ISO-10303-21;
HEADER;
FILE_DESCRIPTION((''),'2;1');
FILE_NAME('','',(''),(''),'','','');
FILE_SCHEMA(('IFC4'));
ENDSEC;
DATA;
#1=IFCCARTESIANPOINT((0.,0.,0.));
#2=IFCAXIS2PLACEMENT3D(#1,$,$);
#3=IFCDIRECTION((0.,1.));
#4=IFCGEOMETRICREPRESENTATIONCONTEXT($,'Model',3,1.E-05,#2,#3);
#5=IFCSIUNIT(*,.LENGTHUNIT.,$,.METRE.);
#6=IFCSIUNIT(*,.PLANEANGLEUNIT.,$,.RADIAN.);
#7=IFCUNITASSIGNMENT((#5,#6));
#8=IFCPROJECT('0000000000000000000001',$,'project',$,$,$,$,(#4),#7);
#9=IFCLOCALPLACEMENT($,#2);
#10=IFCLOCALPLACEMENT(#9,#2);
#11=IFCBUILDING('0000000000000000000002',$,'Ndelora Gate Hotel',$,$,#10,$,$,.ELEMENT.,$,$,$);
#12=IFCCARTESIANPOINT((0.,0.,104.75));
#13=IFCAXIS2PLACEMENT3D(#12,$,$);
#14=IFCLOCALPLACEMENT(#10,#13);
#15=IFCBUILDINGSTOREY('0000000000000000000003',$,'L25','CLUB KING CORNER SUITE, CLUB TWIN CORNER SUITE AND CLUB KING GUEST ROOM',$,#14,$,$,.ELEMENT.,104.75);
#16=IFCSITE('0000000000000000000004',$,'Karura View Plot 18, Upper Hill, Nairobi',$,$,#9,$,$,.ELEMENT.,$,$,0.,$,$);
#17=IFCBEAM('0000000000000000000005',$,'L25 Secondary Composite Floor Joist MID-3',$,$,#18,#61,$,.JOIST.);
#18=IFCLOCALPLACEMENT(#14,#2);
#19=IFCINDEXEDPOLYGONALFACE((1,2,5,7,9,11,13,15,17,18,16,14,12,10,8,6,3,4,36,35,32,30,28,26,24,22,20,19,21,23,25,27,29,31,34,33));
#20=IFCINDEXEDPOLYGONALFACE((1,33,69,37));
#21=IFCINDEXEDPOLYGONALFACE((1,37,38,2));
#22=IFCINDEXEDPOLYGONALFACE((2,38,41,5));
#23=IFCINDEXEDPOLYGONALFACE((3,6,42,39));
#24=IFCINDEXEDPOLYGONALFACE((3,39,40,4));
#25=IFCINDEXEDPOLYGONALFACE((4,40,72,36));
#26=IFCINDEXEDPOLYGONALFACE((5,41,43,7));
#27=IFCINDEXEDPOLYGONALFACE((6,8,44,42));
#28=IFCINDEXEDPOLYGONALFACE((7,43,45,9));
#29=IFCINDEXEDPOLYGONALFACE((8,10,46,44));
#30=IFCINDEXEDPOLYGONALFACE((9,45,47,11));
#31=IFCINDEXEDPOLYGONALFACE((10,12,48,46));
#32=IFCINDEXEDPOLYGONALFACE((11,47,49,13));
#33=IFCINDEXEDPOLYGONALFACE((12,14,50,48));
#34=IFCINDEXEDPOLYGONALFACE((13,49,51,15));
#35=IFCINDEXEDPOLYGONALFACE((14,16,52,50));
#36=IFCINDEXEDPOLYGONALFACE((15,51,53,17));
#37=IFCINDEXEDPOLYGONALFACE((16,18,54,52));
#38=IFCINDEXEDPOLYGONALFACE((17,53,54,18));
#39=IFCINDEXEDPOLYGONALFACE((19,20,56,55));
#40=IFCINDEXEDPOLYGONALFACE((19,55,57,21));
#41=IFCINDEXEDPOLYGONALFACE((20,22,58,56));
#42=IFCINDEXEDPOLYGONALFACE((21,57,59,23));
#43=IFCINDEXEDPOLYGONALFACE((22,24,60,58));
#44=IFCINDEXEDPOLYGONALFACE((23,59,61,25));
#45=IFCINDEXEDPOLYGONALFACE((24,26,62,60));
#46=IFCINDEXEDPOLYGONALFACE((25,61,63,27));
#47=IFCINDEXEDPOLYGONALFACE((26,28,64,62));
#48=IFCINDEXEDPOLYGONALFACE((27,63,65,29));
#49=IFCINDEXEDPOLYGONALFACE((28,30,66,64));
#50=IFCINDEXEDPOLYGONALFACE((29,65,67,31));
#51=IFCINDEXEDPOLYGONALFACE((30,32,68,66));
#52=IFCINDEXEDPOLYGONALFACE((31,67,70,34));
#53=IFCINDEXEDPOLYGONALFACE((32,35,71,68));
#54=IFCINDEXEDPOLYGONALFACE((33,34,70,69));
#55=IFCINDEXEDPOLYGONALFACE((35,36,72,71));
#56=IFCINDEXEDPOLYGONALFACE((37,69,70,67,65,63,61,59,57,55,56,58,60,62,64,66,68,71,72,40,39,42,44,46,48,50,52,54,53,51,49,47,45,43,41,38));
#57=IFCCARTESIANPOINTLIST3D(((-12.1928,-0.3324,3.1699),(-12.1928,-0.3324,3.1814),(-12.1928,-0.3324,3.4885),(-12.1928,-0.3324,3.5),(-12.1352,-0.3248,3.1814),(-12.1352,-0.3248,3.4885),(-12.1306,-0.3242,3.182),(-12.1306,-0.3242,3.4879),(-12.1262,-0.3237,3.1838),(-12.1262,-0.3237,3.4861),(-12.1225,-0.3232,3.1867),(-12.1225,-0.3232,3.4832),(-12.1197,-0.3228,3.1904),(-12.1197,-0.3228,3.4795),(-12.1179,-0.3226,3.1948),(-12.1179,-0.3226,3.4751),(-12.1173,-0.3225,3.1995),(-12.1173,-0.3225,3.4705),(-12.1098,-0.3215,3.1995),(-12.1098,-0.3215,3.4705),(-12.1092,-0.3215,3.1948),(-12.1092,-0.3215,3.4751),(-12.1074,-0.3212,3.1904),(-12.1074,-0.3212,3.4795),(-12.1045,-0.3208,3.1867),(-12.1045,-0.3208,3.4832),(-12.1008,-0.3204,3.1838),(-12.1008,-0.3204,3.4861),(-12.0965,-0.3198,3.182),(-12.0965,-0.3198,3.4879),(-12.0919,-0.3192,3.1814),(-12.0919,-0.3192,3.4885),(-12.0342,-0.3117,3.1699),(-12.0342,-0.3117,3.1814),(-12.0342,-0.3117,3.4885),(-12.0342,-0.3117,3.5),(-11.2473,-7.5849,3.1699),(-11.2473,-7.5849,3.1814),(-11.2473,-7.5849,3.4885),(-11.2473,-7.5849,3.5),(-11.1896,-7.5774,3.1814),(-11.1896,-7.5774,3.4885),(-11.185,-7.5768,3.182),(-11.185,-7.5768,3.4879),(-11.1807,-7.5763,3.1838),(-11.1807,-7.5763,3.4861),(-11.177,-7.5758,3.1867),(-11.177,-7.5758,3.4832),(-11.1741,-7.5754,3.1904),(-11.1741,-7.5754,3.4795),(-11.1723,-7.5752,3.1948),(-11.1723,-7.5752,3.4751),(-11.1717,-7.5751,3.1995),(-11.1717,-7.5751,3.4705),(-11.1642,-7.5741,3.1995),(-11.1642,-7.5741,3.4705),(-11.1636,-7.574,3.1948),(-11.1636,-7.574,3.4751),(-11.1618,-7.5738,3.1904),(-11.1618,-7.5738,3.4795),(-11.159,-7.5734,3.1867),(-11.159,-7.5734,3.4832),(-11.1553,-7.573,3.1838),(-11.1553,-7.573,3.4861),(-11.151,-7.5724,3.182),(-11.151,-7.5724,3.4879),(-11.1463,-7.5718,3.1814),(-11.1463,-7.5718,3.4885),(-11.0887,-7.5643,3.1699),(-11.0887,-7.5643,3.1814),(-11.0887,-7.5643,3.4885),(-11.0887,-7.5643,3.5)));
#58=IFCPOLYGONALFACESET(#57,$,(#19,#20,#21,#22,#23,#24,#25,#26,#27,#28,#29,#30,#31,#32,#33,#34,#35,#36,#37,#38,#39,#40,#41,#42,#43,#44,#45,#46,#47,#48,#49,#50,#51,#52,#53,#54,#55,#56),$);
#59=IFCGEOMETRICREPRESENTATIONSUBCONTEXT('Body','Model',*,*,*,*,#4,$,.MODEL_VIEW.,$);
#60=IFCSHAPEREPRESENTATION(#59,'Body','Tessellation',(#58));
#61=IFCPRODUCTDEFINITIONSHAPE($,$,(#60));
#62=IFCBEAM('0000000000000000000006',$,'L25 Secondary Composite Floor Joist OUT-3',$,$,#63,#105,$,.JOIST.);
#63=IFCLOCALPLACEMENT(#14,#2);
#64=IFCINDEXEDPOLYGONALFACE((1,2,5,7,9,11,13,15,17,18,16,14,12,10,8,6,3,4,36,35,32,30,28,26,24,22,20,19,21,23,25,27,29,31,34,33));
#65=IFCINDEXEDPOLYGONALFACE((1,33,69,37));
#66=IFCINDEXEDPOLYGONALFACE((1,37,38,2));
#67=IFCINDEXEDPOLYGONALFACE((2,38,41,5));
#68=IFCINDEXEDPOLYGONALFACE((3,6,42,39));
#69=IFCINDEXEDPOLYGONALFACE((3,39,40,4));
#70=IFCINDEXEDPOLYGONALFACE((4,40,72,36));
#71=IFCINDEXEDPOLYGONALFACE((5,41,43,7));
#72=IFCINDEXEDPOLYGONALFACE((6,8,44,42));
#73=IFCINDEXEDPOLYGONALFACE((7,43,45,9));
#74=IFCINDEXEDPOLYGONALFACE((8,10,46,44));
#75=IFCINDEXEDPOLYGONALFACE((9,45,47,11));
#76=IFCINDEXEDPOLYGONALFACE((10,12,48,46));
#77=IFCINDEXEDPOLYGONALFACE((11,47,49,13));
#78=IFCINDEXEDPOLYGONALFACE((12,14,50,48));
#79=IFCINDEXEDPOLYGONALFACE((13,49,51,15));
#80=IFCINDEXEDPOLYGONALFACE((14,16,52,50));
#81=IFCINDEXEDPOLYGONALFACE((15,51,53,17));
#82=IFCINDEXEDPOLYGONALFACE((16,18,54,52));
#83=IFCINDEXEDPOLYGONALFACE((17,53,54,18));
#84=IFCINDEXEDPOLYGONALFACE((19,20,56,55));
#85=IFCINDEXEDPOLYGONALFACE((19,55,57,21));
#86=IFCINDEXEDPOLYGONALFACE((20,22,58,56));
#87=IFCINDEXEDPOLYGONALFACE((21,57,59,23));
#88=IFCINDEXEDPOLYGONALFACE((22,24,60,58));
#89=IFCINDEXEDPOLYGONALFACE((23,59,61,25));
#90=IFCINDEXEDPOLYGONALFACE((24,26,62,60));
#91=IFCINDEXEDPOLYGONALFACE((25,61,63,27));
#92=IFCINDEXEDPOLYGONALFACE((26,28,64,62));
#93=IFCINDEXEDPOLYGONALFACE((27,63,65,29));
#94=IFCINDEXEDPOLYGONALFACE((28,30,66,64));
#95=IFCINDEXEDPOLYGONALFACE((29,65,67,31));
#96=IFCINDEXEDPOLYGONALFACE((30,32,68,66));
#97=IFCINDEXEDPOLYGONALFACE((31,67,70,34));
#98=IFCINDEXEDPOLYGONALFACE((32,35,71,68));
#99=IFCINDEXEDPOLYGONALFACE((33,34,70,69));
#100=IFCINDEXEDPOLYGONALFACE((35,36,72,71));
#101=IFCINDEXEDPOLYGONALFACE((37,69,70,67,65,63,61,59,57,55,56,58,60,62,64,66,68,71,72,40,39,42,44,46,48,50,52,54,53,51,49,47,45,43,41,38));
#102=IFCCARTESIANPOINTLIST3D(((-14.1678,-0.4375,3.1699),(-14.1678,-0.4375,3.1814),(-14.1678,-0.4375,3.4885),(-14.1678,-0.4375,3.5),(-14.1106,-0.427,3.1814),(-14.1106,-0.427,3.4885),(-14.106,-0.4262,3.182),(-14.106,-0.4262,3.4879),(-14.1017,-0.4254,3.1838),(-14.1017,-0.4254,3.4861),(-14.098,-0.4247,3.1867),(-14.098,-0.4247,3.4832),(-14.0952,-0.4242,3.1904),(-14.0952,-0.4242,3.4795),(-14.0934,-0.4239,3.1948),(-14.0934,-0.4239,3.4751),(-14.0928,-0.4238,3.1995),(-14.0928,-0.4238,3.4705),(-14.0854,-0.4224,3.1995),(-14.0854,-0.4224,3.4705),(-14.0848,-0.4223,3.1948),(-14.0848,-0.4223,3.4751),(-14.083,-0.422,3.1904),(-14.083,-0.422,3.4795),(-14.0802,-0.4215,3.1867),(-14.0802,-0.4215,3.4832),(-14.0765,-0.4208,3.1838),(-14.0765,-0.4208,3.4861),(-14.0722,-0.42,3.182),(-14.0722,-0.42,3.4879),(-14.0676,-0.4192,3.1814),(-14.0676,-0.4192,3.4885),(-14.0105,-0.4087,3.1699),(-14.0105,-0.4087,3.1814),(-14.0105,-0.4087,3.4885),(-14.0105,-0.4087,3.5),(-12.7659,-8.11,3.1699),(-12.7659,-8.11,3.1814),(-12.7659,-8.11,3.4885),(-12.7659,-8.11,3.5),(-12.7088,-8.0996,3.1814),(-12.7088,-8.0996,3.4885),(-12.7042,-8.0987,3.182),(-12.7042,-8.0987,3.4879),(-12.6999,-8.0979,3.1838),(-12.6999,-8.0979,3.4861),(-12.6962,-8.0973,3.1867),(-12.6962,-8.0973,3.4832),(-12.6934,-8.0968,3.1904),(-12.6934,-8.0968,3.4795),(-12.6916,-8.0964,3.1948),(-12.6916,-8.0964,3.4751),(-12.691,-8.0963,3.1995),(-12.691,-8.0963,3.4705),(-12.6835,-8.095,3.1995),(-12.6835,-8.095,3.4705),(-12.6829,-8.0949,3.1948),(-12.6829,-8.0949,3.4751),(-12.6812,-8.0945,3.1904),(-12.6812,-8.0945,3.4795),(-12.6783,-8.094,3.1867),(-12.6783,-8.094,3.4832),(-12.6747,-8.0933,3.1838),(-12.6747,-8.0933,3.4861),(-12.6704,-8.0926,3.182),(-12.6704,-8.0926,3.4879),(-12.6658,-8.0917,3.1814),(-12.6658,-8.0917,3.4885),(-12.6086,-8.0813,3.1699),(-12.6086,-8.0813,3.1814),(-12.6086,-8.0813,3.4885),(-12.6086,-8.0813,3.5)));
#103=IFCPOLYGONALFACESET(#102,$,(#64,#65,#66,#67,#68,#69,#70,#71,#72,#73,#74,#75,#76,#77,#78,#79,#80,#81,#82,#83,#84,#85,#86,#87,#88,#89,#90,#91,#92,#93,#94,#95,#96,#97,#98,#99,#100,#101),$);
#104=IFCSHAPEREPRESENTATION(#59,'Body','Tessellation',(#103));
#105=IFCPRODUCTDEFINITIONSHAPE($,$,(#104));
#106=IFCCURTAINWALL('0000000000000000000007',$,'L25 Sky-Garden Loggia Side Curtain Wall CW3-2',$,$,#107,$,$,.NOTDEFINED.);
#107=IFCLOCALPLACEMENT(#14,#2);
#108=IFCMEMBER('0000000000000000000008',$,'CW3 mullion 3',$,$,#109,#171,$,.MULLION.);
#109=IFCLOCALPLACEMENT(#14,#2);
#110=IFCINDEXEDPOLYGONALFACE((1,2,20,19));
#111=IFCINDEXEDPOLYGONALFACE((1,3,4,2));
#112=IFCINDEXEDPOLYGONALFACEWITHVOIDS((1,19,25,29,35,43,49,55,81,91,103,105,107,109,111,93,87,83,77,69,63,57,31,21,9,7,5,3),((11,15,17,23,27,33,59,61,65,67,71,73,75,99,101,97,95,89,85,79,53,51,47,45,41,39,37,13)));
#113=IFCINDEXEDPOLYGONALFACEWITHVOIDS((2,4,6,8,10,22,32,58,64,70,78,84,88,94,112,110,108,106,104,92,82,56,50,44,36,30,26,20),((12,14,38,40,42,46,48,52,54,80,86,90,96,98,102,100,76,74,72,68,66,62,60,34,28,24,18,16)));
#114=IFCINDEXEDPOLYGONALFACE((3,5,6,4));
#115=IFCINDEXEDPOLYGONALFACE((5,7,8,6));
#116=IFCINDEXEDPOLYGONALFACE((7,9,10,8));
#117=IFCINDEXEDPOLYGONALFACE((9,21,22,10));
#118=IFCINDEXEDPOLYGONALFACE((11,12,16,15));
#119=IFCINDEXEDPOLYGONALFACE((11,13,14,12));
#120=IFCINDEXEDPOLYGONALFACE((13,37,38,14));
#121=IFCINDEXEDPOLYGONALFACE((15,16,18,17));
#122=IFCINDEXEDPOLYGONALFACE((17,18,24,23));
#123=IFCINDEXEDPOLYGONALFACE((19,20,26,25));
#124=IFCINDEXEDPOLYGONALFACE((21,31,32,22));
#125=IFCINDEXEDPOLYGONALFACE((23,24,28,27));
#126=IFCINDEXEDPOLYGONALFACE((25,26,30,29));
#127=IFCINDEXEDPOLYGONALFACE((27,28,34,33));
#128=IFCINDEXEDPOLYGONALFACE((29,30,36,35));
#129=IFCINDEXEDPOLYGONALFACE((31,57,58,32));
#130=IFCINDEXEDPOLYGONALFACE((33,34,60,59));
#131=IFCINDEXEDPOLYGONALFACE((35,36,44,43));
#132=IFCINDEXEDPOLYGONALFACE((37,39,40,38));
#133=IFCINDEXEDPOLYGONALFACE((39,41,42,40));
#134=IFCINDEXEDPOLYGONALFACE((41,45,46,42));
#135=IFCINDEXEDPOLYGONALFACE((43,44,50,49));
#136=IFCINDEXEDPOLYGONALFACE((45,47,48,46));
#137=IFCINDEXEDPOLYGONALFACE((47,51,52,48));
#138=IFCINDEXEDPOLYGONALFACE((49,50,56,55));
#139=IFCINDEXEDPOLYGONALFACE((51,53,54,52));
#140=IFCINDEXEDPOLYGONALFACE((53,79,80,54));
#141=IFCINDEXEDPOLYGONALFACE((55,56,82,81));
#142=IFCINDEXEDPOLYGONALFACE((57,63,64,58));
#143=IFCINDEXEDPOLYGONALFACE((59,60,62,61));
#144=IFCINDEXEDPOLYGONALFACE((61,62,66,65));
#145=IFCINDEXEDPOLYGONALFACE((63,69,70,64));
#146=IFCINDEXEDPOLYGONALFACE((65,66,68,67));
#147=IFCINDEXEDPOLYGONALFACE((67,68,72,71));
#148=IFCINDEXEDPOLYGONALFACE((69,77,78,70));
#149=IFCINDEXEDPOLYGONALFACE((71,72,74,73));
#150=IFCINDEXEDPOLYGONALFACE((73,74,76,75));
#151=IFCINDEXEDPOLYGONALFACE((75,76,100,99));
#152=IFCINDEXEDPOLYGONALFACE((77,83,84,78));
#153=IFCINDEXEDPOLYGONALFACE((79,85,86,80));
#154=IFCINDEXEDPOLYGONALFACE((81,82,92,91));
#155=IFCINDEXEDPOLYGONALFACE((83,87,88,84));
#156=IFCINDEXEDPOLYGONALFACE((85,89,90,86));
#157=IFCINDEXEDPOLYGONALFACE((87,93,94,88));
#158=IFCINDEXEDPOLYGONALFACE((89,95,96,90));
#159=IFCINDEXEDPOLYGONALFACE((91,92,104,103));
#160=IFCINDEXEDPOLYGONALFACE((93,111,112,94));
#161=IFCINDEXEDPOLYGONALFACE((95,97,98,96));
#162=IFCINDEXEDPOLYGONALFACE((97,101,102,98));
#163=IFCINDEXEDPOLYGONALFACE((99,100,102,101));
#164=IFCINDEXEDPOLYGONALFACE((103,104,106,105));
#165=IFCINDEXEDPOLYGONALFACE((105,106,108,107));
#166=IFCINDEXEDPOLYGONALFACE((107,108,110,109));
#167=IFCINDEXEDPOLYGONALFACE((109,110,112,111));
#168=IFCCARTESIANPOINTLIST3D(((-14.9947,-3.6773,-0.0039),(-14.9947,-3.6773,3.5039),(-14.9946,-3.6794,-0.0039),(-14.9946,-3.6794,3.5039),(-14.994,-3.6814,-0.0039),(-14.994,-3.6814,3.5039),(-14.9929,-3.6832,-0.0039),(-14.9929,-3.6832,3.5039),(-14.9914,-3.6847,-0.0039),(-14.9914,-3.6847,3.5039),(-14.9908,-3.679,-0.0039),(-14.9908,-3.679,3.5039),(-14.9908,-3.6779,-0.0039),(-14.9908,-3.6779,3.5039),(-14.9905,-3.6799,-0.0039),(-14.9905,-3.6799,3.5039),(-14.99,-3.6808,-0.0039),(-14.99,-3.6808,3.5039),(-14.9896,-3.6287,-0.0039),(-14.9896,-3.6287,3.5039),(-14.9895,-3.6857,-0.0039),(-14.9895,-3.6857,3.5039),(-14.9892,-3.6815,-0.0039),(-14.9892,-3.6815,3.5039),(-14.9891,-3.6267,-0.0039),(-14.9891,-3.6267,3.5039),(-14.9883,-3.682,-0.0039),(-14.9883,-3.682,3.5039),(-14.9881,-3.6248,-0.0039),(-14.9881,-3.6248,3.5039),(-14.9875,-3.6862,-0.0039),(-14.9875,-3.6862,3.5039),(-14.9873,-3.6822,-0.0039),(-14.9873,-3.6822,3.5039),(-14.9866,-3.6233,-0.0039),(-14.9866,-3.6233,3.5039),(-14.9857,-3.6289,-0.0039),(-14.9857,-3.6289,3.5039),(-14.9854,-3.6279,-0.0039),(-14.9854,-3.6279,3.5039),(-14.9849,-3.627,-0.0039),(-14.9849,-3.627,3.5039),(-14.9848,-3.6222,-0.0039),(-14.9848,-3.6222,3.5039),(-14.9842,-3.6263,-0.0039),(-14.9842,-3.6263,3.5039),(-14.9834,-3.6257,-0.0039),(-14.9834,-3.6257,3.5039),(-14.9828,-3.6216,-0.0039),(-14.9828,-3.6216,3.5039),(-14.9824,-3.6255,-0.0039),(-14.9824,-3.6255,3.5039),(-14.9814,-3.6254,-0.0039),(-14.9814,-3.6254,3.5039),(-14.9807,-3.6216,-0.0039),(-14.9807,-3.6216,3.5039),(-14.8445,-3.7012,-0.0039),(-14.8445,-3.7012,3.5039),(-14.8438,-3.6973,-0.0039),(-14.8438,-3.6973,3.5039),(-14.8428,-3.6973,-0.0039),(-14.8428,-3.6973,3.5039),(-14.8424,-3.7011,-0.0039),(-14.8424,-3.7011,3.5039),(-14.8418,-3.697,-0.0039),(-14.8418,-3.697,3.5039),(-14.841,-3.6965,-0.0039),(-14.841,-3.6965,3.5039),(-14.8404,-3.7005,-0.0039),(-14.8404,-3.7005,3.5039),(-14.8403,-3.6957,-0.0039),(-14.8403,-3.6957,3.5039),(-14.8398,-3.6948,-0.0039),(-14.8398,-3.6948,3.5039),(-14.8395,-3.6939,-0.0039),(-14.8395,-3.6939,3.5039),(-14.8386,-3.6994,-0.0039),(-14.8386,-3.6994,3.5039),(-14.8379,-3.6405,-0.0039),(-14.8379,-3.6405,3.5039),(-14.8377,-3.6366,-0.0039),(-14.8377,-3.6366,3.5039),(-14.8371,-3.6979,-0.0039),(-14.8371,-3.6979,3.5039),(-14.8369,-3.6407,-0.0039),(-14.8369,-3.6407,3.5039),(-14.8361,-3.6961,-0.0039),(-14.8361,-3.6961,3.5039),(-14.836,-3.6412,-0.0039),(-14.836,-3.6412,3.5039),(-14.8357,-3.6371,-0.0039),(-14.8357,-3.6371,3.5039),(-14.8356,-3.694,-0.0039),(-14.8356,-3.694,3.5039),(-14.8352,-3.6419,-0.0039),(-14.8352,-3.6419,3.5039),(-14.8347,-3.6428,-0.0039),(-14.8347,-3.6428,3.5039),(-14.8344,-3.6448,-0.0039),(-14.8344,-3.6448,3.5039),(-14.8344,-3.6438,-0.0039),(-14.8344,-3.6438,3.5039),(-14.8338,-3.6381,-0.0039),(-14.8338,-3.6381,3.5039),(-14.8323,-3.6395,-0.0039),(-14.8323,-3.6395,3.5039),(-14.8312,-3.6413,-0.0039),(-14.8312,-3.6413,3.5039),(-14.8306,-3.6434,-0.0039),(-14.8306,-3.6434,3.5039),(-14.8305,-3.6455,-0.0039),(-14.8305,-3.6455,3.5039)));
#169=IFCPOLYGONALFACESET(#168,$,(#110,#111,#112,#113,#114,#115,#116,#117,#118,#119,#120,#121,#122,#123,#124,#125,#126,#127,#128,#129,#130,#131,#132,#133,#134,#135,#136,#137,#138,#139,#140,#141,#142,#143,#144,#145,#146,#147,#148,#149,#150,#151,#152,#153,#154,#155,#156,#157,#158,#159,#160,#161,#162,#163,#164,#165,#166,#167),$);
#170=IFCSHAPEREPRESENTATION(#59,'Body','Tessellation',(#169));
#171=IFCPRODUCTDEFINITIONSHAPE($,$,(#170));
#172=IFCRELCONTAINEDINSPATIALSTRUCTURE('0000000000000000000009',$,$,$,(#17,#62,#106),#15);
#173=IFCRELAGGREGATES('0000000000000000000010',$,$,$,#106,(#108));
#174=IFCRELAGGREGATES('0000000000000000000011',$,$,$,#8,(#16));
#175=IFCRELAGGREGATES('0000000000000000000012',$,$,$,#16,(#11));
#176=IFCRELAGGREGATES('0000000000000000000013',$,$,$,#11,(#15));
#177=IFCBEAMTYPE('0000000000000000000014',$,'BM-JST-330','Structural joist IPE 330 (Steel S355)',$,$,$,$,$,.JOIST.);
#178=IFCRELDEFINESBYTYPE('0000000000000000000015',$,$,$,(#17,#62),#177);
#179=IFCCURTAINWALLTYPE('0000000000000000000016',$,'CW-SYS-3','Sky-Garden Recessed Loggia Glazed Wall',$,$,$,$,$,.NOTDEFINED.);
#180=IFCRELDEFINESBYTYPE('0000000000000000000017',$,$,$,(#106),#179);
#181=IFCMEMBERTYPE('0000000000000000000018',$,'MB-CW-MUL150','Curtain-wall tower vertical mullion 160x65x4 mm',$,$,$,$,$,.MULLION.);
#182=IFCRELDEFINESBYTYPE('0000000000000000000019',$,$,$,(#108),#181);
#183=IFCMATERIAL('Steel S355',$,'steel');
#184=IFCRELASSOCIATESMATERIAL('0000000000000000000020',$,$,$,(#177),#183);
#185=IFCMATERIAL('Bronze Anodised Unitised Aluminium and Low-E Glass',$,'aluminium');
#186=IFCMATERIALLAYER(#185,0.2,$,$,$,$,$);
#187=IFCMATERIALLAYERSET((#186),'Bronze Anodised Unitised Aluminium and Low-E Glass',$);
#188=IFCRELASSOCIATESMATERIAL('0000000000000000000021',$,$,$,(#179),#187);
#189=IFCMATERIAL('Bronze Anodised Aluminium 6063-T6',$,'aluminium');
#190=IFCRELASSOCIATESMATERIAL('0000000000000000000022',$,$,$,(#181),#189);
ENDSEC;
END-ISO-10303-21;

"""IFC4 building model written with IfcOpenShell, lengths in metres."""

from ifc_helpers import new_model, si_unit, direction, frame, origin, origin_2d, place, context, subcontext, project, spatial, hollow_rectangle, i_section, extrude, material, layer, layer_set, material_profile, profile_set, type_object, element, aggregate, save


model = new_model("IFC4")

# Units and contexts
model_context = context("Model", 3, precision=1e-05, world=origin(), true_north=direction((0.0, 1.0)))
body_context = subcontext(model_context, "Body", "Model", "MODEL_VIEW")
ifc_project = project(units=[si_unit("LENGTHUNIT", "METRE"), si_unit("PLANEANGLEUNIT", "RADIAN")], contexts=[model_context])

# Site, building, storey
site_placement = place(None, origin())
site = spatial("IfcSite", under=ifc_project, at=site_placement, Name="Karura View Plot 18, Upper Hill, Nairobi", CompositionType="ELEMENT", RefElevation=0.0)
building_placement = place(site_placement, origin())
building = spatial("IfcBuilding", under=site, at=building_placement, Name="Ndelora Gate Hotel", CompositionType="ELEMENT")
storey_placement = place(building_placement, frame((0.0, 0.0, 104.75)))
storey = spatial("IfcBuildingStorey", under=building, at=storey_placement, Name="L25", Description="CLUB KING CORNER SUITE, CLUB TWIN CORNER SUITE AND CLUB KING GUEST ROOM", CompositionType="ELEMENT", Elevation=104.75)

# Beams
ifc_material_1 = material(Name="Steel S355", Category="steel")
ifc_material_profile_1 = material_profile(ifc_material_1, i_section(OverallWidth=0.1599, OverallDepth=0.3301, WebThickness=0.0076, FlangeThickness=0.0115, FilletRadius=0.0181, at=origin_2d()), Name="IPE 330")
ifc_profile_set_1 = profile_set([ifc_material_profile_1], Name="Steel S355")
beam_type = type_object("IfcBeamType", Name="BM-JST-330", Description="Structural joist IPE 330 (Steel S355)", PredefinedType="JOIST", material=ifc_profile_set_1)
beam_1_placement = place(storey_placement, frame((-12.1135, -0.322, 3.335), z_axis=(0.129279, -0.991608, 0.0), x_axis=(0.991608, 0.129279, 0.0)))
element("IfcBeam", 1, at=beam_1_placement, inside=storey, type_object=beam_type, Name="L25 Secondary Composite Floor Joist MID-3", PredefinedType="JOIST", context=body_context, shape_type="SweptSolid", body=[
    extrude(i_section(OverallWidth=0.1599, OverallDepth=0.3301, WebThickness=0.0076, FlangeThickness=0.0115, FilletRadius=0.0181, at=origin_2d()), origin(), (0.0, 0.0, 1.0), 7.314),
])
beam_2_placement = place(storey_placement, frame((-14.0891, -0.4231, 3.335), z_axis=(0.179734, -0.983715, 0.0), x_axis=(0.983715, 0.179734, 0.0)))
element("IfcBeam", 2, at=beam_2_placement, inside=storey, type_object=beam_type, Name="L25 Secondary Composite Floor Joist OUT-3", PredefinedType="JOIST", context=body_context, shape_type="SweptSolid", body=[
    extrude(i_section(OverallWidth=0.1599, OverallDepth=0.3301, WebThickness=0.0076, FlangeThickness=0.0115, FilletRadius=0.0181, at=origin_2d()), origin(), (0.0, 0.0, 1.0), 7.7996),
])

# Curtain wall, member
ifc_material_2 = material(Name="Bronze Anodised Unitised Aluminium and Low-E Glass", Category="aluminium")
ifc_layer_1 = layer(ifc_material_2, 0.2)
ifc_layer_set_1 = layer_set([ifc_layer_1], Name="Bronze Anodised Unitised Aluminium and Low-E Glass")
curtain_wall_type = type_object("IfcCurtainWallType", Name="CW-SYS-3", Description="Sky-Garden Recessed Loggia Glazed Wall", PredefinedType="NOTDEFINED", material=ifc_layer_set_1)
curtain_wall_placement = place(storey_placement, origin())
curtain_wall = element("IfcCurtainWall", 3, at=curtain_wall_placement, inside=storey, type_object=curtain_wall_type, Name="L25 Sky-Garden Loggia Side Curtain Wall CW3-2", PredefinedType="NOTDEFINED")
ifc_material_3 = material(Name="Bronze Anodised Aluminium 6063-T6", Category="aluminium")
ifc_material_profile_2 = material_profile(ifc_material_3, hollow_rectangle(XDim=0.0649, YDim=0.1599, WallThickness=0.0039, InnerFilletRadius=0.0039, OuterFilletRadius=0.0081, at=origin_2d()), Name="ALU 160x65x4")
ifc_profile_set_2 = profile_set([ifc_material_profile_2], Name="Bronze Anodised Aluminium 6063-T6")
member_type = type_object("IfcMemberType", Name="MB-CW-MUL150", Description="Curtain-wall tower vertical mullion 160x65x4 mm", PredefinedType="MULLION", material=ifc_profile_set_2)
member_placement = place(storey_placement, frame((-14.9126, -3.6614, -0.0039), z_axis=(0.0, 0.0, 1.0), x_axis=(0.104548, 0.99452, 0.0)))
member = element("IfcMember", 4, at=member_placement, type_object=member_type, Name="CW3 mullion 3", PredefinedType="MULLION", context=body_context, shape_type="SweptSolid", body=[
    extrude(hollow_rectangle(XDim=0.0649, YDim=0.1599, WallThickness=0.0039, InnerFilletRadius=0.0039, OuterFilletRadius=0.0081, at=origin_2d()), origin(), (0.0, 0.0, 1.0), 3.5078),
])
aggregate(curtain_wall, [member])

save(model, "model.ifc")
